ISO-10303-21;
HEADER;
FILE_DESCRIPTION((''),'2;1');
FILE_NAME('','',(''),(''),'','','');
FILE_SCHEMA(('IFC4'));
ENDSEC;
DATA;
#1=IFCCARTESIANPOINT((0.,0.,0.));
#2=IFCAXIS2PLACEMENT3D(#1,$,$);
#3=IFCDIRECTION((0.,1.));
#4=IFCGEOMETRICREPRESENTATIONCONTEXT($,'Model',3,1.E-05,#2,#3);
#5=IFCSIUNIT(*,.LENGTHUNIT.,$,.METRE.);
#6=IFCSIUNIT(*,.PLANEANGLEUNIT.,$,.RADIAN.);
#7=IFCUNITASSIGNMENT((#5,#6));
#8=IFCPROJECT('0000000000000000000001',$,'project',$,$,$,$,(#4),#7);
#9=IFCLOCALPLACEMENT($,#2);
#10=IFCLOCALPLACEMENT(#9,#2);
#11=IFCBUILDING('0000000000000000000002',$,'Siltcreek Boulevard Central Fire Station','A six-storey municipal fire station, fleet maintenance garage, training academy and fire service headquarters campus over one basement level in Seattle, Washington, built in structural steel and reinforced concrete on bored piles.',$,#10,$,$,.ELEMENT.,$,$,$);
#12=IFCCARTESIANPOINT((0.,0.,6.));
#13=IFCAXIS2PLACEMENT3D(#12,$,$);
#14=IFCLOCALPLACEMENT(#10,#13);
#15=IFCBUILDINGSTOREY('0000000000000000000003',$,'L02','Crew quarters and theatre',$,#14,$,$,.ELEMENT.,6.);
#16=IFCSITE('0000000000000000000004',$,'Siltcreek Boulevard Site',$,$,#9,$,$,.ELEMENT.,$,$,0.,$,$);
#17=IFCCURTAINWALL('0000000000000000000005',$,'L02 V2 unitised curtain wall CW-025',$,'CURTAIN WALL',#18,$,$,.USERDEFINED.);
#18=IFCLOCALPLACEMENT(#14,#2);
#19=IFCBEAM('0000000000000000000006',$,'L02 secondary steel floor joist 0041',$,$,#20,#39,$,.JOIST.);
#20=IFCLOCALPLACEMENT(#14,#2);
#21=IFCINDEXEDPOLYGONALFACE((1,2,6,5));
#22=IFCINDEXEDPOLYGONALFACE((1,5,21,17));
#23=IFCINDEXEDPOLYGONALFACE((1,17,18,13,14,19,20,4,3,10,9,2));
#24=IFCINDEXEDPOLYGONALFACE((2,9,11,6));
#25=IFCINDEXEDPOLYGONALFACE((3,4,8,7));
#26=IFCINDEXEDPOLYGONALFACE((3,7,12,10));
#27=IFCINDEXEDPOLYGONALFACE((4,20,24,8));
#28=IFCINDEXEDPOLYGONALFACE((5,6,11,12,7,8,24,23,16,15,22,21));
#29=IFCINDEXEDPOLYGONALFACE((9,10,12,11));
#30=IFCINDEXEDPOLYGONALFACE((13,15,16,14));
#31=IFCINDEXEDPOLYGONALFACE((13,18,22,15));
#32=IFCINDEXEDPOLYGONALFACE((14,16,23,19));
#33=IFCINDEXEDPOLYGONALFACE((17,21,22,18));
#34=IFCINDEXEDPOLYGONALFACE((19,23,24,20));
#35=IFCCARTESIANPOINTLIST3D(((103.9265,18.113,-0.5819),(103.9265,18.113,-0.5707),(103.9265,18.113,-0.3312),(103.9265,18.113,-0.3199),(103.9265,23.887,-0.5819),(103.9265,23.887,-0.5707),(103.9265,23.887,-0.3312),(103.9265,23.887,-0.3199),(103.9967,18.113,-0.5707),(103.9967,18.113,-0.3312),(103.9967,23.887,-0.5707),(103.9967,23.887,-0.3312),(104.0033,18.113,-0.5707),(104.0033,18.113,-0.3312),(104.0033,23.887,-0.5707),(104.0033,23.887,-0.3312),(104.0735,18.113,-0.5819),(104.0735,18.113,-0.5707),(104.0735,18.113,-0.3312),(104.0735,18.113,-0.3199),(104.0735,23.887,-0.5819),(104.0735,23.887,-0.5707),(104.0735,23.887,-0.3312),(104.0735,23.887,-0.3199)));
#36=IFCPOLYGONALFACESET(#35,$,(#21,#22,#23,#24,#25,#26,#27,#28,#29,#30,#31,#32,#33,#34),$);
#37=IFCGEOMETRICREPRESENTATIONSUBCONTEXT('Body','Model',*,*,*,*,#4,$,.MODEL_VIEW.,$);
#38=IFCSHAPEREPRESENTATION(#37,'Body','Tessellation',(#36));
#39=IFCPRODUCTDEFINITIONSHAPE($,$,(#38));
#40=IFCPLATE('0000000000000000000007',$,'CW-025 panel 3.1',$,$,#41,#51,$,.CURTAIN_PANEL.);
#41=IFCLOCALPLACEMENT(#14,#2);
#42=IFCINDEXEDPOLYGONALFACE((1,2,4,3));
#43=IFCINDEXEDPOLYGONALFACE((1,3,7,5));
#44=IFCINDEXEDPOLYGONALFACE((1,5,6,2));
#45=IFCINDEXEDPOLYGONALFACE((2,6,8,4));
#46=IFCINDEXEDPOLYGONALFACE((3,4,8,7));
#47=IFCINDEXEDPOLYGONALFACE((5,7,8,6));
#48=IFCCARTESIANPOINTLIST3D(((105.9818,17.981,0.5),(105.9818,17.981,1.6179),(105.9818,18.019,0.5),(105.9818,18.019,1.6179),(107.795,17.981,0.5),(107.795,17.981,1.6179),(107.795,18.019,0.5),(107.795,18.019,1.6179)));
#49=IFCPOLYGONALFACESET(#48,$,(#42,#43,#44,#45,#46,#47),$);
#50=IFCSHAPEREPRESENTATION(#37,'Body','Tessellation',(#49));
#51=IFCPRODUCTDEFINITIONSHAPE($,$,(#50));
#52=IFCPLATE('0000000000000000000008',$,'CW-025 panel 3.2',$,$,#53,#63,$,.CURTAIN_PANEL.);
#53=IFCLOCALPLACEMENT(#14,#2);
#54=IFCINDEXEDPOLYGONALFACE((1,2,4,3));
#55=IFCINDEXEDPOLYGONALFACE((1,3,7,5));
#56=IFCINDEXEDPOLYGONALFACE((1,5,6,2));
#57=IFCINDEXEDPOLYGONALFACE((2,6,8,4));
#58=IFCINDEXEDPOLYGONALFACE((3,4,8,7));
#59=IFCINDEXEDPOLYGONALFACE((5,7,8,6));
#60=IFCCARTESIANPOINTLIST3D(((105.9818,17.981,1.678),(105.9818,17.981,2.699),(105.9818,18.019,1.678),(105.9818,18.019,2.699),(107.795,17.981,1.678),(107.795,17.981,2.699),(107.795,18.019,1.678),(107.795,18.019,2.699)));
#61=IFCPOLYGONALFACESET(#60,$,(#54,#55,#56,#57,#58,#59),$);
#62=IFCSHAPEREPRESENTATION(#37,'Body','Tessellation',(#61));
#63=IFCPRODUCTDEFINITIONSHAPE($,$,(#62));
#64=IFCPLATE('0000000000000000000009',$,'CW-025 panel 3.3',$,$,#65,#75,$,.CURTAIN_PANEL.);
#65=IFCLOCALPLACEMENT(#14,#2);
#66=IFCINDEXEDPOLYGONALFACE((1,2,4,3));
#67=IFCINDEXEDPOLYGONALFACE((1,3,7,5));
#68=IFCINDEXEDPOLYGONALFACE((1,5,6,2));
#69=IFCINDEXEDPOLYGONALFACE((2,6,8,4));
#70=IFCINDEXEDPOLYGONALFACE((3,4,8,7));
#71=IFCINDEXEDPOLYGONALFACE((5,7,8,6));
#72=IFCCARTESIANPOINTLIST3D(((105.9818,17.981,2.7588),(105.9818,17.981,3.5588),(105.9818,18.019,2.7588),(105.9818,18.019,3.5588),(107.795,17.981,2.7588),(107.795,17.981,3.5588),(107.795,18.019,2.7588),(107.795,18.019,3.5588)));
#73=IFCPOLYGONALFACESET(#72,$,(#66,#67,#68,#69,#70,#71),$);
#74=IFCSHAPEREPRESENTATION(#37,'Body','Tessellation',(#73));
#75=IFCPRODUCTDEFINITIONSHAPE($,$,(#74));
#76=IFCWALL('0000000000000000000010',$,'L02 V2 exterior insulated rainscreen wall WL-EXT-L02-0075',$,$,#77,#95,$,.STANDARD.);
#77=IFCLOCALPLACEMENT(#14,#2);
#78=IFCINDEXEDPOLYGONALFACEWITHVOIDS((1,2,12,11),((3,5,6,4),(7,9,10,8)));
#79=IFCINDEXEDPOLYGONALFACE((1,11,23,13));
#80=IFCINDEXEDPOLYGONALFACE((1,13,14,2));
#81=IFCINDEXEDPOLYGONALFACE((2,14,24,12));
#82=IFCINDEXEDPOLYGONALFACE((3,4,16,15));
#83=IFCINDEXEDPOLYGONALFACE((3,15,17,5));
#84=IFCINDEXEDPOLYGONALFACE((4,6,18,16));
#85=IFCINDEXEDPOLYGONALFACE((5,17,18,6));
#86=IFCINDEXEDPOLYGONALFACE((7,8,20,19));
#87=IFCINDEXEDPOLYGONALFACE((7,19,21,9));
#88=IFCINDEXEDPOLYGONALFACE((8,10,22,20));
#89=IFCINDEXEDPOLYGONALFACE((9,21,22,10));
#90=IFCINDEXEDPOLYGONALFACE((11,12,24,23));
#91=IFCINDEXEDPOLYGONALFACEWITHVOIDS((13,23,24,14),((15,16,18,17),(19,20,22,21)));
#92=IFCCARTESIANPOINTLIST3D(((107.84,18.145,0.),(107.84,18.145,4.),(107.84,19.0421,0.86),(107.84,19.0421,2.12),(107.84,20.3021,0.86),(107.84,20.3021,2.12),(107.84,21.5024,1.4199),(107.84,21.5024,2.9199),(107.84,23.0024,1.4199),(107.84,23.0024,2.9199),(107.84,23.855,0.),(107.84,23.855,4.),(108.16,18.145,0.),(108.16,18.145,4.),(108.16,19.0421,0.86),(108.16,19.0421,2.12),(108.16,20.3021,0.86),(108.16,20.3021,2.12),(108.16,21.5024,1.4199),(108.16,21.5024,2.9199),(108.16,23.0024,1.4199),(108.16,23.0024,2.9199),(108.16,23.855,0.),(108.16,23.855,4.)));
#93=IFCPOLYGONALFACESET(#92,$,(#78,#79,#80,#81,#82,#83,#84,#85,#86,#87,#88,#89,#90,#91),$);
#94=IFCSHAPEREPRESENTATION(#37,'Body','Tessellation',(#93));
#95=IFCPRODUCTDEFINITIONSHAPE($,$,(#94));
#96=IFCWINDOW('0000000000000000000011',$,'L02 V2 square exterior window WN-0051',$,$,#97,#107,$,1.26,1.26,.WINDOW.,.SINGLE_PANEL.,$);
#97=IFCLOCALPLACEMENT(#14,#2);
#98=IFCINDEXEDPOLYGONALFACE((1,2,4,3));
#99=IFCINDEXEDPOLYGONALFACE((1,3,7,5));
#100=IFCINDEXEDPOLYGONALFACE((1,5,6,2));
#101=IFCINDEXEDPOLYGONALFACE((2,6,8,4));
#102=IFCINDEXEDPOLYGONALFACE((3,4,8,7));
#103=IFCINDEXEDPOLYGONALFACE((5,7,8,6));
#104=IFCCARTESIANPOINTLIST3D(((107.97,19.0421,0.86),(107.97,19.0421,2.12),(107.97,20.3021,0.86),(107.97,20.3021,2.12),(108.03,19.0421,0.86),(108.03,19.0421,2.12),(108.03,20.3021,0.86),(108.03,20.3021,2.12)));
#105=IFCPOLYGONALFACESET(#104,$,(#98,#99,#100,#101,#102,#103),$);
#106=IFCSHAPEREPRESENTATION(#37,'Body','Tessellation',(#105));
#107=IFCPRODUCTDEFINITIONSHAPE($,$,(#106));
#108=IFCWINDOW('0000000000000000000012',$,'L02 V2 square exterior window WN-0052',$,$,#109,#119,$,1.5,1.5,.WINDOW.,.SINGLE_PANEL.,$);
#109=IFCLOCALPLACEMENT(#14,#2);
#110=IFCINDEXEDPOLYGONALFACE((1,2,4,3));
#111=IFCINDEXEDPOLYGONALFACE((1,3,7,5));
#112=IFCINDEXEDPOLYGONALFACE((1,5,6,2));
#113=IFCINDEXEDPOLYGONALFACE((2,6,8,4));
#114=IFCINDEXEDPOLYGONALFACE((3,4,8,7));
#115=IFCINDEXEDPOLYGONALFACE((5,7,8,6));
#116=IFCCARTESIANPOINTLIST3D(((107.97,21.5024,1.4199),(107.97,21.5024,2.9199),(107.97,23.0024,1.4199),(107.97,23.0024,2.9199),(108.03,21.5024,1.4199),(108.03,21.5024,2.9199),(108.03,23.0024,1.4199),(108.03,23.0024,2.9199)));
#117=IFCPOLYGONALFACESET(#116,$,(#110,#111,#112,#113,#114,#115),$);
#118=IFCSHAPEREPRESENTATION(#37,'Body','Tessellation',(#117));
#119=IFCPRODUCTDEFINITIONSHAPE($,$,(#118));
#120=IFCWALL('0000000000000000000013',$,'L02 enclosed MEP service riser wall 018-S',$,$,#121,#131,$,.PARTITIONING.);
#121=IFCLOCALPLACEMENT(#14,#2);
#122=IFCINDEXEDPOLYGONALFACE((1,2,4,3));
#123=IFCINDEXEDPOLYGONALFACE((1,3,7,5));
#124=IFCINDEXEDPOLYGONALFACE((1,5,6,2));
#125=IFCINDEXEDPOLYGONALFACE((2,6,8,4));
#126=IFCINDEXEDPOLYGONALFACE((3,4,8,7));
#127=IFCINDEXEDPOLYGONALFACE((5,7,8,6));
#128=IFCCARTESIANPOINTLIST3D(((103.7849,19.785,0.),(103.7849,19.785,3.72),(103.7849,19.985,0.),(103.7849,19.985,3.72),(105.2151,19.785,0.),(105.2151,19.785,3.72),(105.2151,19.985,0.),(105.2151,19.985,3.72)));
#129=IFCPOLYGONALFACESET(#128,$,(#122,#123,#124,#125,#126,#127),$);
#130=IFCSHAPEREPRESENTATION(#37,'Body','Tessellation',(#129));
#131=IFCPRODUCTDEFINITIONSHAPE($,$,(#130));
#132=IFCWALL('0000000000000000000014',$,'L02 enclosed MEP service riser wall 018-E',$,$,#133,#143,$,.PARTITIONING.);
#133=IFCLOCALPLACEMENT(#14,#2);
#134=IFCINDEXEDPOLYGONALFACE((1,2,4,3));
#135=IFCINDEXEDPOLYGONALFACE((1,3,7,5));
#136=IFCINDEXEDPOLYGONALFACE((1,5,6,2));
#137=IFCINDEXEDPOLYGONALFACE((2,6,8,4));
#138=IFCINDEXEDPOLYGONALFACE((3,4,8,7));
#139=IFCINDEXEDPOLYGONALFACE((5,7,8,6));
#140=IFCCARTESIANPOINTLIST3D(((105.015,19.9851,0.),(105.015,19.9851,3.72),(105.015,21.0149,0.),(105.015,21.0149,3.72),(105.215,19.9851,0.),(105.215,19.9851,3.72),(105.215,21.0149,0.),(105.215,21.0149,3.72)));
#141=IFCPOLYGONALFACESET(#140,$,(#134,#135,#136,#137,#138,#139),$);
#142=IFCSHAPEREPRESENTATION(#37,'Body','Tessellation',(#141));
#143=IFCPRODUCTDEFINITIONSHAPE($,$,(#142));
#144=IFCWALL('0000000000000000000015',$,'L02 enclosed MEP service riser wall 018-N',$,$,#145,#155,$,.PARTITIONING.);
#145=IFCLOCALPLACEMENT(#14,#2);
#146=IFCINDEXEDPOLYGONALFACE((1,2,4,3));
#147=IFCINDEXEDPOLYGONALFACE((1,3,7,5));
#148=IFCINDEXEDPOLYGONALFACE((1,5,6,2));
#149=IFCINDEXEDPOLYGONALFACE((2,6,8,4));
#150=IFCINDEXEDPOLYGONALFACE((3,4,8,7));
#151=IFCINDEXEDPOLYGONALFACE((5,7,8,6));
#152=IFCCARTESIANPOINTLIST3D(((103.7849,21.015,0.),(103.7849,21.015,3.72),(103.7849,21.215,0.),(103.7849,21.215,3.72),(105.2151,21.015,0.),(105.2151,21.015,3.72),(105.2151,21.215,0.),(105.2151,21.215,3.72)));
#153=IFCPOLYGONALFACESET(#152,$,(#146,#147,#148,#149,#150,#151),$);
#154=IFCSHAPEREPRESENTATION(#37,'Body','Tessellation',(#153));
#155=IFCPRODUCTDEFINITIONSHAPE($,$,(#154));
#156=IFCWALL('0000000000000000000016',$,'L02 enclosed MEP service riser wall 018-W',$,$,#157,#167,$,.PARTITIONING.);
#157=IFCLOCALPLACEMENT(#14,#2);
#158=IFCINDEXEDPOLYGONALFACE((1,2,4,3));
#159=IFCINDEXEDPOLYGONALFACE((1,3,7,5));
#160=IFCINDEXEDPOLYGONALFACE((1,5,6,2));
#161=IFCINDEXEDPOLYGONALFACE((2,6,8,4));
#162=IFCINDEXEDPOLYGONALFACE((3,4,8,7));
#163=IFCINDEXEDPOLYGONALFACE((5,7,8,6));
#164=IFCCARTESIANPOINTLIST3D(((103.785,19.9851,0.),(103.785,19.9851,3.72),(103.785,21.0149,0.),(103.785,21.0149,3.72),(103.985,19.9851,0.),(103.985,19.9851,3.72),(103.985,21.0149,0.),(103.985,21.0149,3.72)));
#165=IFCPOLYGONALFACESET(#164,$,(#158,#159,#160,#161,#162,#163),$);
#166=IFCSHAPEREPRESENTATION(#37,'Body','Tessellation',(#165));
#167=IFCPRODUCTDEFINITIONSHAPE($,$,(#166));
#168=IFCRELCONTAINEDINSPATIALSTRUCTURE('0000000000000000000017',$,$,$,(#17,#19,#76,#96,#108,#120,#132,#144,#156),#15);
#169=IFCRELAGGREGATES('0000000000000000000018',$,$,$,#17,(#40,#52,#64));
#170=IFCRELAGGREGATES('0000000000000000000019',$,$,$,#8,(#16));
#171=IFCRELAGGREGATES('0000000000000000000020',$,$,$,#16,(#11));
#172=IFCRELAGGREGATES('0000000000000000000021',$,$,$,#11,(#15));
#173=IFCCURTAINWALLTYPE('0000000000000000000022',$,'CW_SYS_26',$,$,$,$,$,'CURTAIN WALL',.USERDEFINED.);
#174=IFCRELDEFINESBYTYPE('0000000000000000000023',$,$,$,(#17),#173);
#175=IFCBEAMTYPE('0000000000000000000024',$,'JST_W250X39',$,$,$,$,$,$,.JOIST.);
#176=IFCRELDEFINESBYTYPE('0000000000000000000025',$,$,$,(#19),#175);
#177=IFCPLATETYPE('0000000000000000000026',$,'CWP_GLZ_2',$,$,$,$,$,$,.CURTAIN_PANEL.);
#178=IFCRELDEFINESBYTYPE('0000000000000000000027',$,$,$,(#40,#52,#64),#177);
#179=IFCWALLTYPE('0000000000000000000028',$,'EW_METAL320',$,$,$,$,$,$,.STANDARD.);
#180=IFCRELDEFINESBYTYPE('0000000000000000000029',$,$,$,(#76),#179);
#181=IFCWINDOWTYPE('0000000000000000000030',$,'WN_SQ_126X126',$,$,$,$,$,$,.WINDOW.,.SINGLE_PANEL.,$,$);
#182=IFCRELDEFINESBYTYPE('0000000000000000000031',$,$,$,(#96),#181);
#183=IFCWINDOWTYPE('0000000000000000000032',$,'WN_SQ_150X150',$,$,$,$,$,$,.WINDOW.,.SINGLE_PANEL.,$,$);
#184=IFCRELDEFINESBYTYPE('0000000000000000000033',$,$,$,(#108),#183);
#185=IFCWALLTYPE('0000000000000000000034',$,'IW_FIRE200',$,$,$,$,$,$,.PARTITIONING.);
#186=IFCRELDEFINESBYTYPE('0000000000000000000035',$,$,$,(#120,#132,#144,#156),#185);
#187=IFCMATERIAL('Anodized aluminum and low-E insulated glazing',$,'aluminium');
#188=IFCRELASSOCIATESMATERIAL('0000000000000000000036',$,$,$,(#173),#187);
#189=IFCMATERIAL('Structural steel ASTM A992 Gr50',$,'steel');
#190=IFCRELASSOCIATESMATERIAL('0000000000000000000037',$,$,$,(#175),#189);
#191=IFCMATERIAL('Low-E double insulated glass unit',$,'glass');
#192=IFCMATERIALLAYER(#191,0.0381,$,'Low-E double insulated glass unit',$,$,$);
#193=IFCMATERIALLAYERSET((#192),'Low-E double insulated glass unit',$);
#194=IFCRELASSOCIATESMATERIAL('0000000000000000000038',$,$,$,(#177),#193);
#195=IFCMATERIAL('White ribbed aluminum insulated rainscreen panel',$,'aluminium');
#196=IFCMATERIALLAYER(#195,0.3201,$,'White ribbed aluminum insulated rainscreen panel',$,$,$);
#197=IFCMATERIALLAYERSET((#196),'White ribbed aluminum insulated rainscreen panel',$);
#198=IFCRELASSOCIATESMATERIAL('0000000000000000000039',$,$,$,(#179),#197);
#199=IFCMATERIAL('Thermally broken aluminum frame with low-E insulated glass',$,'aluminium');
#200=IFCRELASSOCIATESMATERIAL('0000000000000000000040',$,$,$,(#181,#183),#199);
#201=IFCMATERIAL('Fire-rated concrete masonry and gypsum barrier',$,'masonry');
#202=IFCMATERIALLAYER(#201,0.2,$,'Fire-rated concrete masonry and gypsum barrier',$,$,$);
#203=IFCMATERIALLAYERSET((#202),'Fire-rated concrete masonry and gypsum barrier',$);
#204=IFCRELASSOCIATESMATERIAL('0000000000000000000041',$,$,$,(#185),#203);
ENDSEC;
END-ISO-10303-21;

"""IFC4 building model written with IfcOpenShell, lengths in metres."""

from ifc_helpers import new_model, si_unit, direction, frame, frame_2d, origin, origin_2d, place, context, subcontext, project, spatial, rectangle, i_section, extrude, material, layer, layer_set, material_profile, profile_set, type_object, element, fill, aggregate, save


model = new_model("IFC4")

# Units and contexts
model_context = context("Model", 3, precision=1e-05, world=origin(), true_north=direction((0.0, 1.0)))
body_context = subcontext(model_context, "Body", "Model", "MODEL_VIEW")
ifc_project = project(units=[si_unit("LENGTHUNIT", "METRE"), si_unit("PLANEANGLEUNIT", "RADIAN")], contexts=[model_context])

# Site, building, storey
site_placement = place(None, origin())
site = spatial("IfcSite", under=ifc_project, at=site_placement, Name="Siltcreek Boulevard Site", CompositionType="ELEMENT", RefElevation=0.0)
building_placement = place(site_placement, origin())
building = spatial("IfcBuilding", under=site, at=building_placement, Name="Siltcreek Boulevard Central Fire Station", Description="A six-storey municipal fire station, fleet maintenance garage, training academy and fire service headquarters campus over one basement level in Seattle, Washington, built in structural steel and reinforced concrete on bored piles.", CompositionType="ELEMENT")
storey_placement = place(building_placement, frame((0.0, 0.0, 6.0)))
storey = spatial("IfcBuildingStorey", under=building, at=storey_placement, Name="L02", Description="Crew quarters and theatre", CompositionType="ELEMENT", Elevation=6.0)

# Shared definitions
ifc_material_1 = material(Name="Structural steel ASTM A992 Gr50", Category="steel")

# Curtain wall
ifc_material_2 = material(Name="Anodized aluminum and low-E insulated glazing", Category="aluminium")
curtain_wall_type = type_object("IfcCurtainWallType", Name="CW_SYS_26", ElementType="CURTAIN WALL", PredefinedType="USERDEFINED", material=ifc_material_2)
curtain_wall_placement = place(storey_placement, origin())
curtain_wall = element("IfcCurtainWall", 1, at=curtain_wall_placement, inside=storey, type_object=curtain_wall_type, Name="L02 V2 unitised curtain wall CW-025", ObjectType="CURTAIN WALL", PredefinedType="USERDEFINED")

# Beam
ifc_material_profile_1 = material_profile(ifc_material_1, i_section(OverallWidth=0.147, OverallDepth=0.262, WebThickness=0.0066, FlangeThickness=0.0112, at=origin_2d()), Name="W250X39")
ifc_profile_set_1 = profile_set([ifc_material_profile_1], Name="Structural steel ASTM A992 Gr50")
beam_type_1 = type_object("IfcBeamType", Name="JST_W250X39", PredefinedType="JOIST", material=ifc_profile_set_1)
beam_1_placement = place(storey_placement, frame((104.0, 18.113, -0.4509), z_axis=(0.0, 1.0, 0.0), x_axis=(-1.0, 0.0, 0.0)))
element("IfcBeam", 2, at=beam_1_placement, inside=storey, type_object=beam_type_1, Name="L02 secondary steel floor joist 0041", PredefinedType="JOIST", context=body_context, shape_type="SweptSolid", body=[
    extrude(i_section(OverallWidth=0.147, OverallDepth=0.262, WebThickness=0.0066, FlangeThickness=0.0112, at=origin_2d()), origin(), (0.0, 0.0, 1.0), 5.7739),
])

# Plates
ifc_material_3 = material(Name="Low-E double insulated glass unit", Category="glass")
ifc_layer_1 = layer(ifc_material_3, 0.0381, Name="Low-E double insulated glass unit")
ifc_layer_set_1 = layer_set([ifc_layer_1], Name="Low-E double insulated glass unit")
plate_type = type_object("IfcPlateType", Name="CWP_GLZ_2", PredefinedType="CURTAIN_PANEL", material=ifc_layer_set_1)
plate_1_placement = place(storey_placement, frame((106.8884, 18.0, 0.5), z_axis=(0.0, 0.0, 1.0), x_axis=(1.0, 0.0, 0.0)))
plate_1 = element("IfcPlate", 3, at=plate_1_placement, type_object=plate_type, Name="CW-025 panel 3.1", PredefinedType="CURTAIN_PANEL", context=body_context, shape_type="SweptSolid", body=[
    extrude(rectangle(XDim=1.8132, YDim=0.0381, at=origin_2d()), origin(), (0.0, 0.0, 1.0), 1.1179),
])
plate_2_placement = place(storey_placement, frame((106.8884, 18.0, 1.678), z_axis=(0.0, 0.0, 1.0), x_axis=(1.0, 0.0, 0.0)))
plate_2 = element("IfcPlate", 4, at=plate_2_placement, type_object=plate_type, Name="CW-025 panel 3.2", PredefinedType="CURTAIN_PANEL", context=body_context, shape_type="SweptSolid", body=[
    extrude(rectangle(XDim=1.8132, YDim=0.0381, at=origin_2d()), origin(), (0.0, 0.0, 1.0), 1.021),
])
plate_3_placement = place(storey_placement, frame((106.8884, 18.0, 2.7588), z_axis=(0.0, 0.0, 1.0), x_axis=(1.0, 0.0, 0.0)))
plate_3 = element("IfcPlate", 5, at=plate_3_placement, type_object=plate_type, Name="CW-025 panel 3.3", PredefinedType="CURTAIN_PANEL", context=body_context, shape_type="SweptSolid", body=[
    extrude(rectangle(XDim=1.8132, YDim=0.0381, at=origin_2d()), origin(), (0.0, 0.0, 1.0), 0.8),
])
aggregate(curtain_wall, [plate_1, plate_2, plate_3])

# Wall, openings, windows
ifc_material_4 = material(Name="White ribbed aluminum insulated rainscreen panel", Category="aluminium")
ifc_layer_2 = layer(ifc_material_4, 0.3201, Name="White ribbed aluminum insulated rainscreen panel")
ifc_layer_set_2 = layer_set([ifc_layer_2], Name="White ribbed aluminum insulated rainscreen panel")
wall_type_1 = type_object("IfcWallType", Name="EW_METAL320", PredefinedType="STANDARD", material=ifc_layer_set_2)
wall_1_placement = place(storey_placement, frame((108.0, 18.145, 0.0), z_axis=(0.0, 0.0, 1.0), x_axis=(0.0, 1.0, 0.0)))
wall_1 = element("IfcWall", 6, at=wall_1_placement, inside=storey, type_object=wall_type_1, Name="L02 V2 exterior insulated rainscreen wall WL-EXT-L02-0075", PredefinedType="STANDARD", context=body_context, shape_type="SweptSolid", body=[
    extrude(rectangle(XDim=5.71, YDim=0.3201, at=frame_2d((2.855, 0.0))), origin(), (0.0, 0.0, 1.0), 4.0),
])
opening_1_placement = place(wall_1_placement, frame((0.8972, 0.0, 0.8601)))
opening_1 = element("IfcOpeningElement", 7, at=opening_1_placement, cuts=wall_1, PredefinedType="OPENING", context=body_context, shape_type="SweptSolid", body=[
    extrude(rectangle(XDim=1.26, YDim=1.26, at=frame_2d((0.6299, 0.6299))), frame((0.0, 0.1699, 0.0), z_axis=(0.0, -1.0, 0.0), x_axis=(1.0, 0.0, 0.0)), (0.0, 0.0, 1.0), 0.3401),
])
opening_2_placement = place(wall_1_placement, frame((3.3574, 0.0, 1.4199)))
opening_2 = element("IfcOpeningElement", 8, at=opening_2_placement, cuts=wall_1, PredefinedType="OPENING", context=body_context, shape_type="SweptSolid", body=[
    extrude(rectangle(XDim=1.5, YDim=1.5, at=frame_2d((0.75, 0.75))), frame((0.0, 0.1699, 0.0), z_axis=(0.0, -1.0, 0.0), x_axis=(1.0, 0.0, 0.0)), (0.0, 0.0, 1.0), 0.3401),
])
ifc_material_5 = material(Name="Thermally broken aluminum frame with low-E insulated glass", Category="aluminium")
window_type_1 = type_object("IfcWindowType", Name="WN_SQ_126X126", PartitioningType="SINGLE_PANEL", PredefinedType="WINDOW", material=ifc_material_5)
window_1_placement = place(opening_1_placement, origin())
window_1 = element("IfcWindow", 9, at=window_1_placement, inside=storey, type_object=window_type_1, Name="L02 V2 square exterior window WN-0051", OverallHeight=1.26, OverallWidth=1.26, PartitioningType="SINGLE_PANEL", PredefinedType="WINDOW", context=body_context, shape_type="SweptSolid", body=[
    extrude(rectangle(XDim=1.26, YDim=1.26, at=frame_2d((0.6299, 0.6299))), frame((0.0, 0.03, 0.0), z_axis=(0.0, -1.0, 0.0), x_axis=(1.0, 0.0, 0.0)), (0.0, 0.0, 1.0), 0.0601),
])
fill(opening_1, window_1)
window_type_2 = type_object("IfcWindowType", Name="WN_SQ_150X150", PartitioningType="SINGLE_PANEL", PredefinedType="WINDOW", material=ifc_material_5)
window_2_placement = place(opening_2_placement, origin())
window_2 = element("IfcWindow", 10, at=window_2_placement, inside=storey, type_object=window_type_2, Name="L02 V2 square exterior window WN-0052", OverallHeight=1.5, OverallWidth=1.5, PartitioningType="SINGLE_PANEL", PredefinedType="WINDOW", context=body_context, shape_type="SweptSolid", body=[
    extrude(rectangle(XDim=1.5, YDim=1.5, at=frame_2d((0.75, 0.75))), frame((0.0, 0.03, 0.0), z_axis=(0.0, -1.0, 0.0), x_axis=(1.0, 0.0, 0.0)), (0.0, 0.0, 1.0), 0.0601),
])
fill(opening_2, window_2)

# Walls
ifc_material_6 = material(Name="Fire-rated concrete masonry and gypsum barrier", Category="masonry")
ifc_layer_3 = layer(ifc_material_6, 0.2, Name="Fire-rated concrete masonry and gypsum barrier")
ifc_layer_set_3 = layer_set([ifc_layer_3], Name="Fire-rated concrete masonry and gypsum barrier")
wall_type_2 = type_object("IfcWallType", Name="IW_FIRE200", PredefinedType="PARTITIONING", material=ifc_layer_set_3)
wall_2_placement = place(storey_placement, frame((103.7849, 19.885, 0.0), z_axis=(0.0, 0.0, 1.0), x_axis=(1.0, 0.0, 0.0)))
element("IfcWall", 11, at=wall_2_placement, inside=storey, type_object=wall_type_2, Name="L02 enclosed MEP service riser wall 018-S", PredefinedType="PARTITIONING", context=body_context, shape_type="SweptSolid", body=[
    extrude(rectangle(XDim=1.4302, YDim=0.2, at=frame_2d((0.7151, 0.0))), origin(), (0.0, 0.0, 1.0), 3.72),
])
wall_3_placement = place(storey_placement, frame((105.115, 19.9851, 0.0), z_axis=(0.0, 0.0, 1.0), x_axis=(0.0, 1.0, 0.0)))
element("IfcWall", 12, at=wall_3_placement, inside=storey, type_object=wall_type_2, Name="L02 enclosed MEP service riser wall 018-E", PredefinedType="PARTITIONING", context=body_context, shape_type="SweptSolid", body=[
    extrude(rectangle(XDim=1.0298, YDim=0.2, at=frame_2d((0.5149, 0.0))), origin(), (0.0, 0.0, 1.0), 3.72),
])
wall_4_placement = place(storey_placement, frame((105.2151, 21.115, 0.0), z_axis=(0.0, 0.0, 1.0), x_axis=(-1.0, 0.0, 0.0)))
element("IfcWall", 13, at=wall_4_placement, inside=storey, type_object=wall_type_2, Name="L02 enclosed MEP service riser wall 018-N", PredefinedType="PARTITIONING", context=body_context, shape_type="SweptSolid", body=[
    extrude(rectangle(XDim=1.4302, YDim=0.2, at=frame_2d((0.7151, 0.0))), origin(), (0.0, 0.0, 1.0), 3.72),
])
wall_5_placement = place(storey_placement, frame((103.885, 21.0149, 0.0), z_axis=(0.0, 0.0, 1.0), x_axis=(0.0, -1.0, 0.0)))
element("IfcWall", 14, at=wall_5_placement, inside=storey, type_object=wall_type_2, Name="L02 enclosed MEP service riser wall 018-W", PredefinedType="PARTITIONING", context=body_context, shape_type="SweptSolid", body=[
    extrude(rectangle(XDim=1.0298, YDim=0.2, at=frame_2d((0.5149, 0.0))), origin(), (0.0, 0.0, 1.0), 3.72),
])

save(model, "model.ifc")
